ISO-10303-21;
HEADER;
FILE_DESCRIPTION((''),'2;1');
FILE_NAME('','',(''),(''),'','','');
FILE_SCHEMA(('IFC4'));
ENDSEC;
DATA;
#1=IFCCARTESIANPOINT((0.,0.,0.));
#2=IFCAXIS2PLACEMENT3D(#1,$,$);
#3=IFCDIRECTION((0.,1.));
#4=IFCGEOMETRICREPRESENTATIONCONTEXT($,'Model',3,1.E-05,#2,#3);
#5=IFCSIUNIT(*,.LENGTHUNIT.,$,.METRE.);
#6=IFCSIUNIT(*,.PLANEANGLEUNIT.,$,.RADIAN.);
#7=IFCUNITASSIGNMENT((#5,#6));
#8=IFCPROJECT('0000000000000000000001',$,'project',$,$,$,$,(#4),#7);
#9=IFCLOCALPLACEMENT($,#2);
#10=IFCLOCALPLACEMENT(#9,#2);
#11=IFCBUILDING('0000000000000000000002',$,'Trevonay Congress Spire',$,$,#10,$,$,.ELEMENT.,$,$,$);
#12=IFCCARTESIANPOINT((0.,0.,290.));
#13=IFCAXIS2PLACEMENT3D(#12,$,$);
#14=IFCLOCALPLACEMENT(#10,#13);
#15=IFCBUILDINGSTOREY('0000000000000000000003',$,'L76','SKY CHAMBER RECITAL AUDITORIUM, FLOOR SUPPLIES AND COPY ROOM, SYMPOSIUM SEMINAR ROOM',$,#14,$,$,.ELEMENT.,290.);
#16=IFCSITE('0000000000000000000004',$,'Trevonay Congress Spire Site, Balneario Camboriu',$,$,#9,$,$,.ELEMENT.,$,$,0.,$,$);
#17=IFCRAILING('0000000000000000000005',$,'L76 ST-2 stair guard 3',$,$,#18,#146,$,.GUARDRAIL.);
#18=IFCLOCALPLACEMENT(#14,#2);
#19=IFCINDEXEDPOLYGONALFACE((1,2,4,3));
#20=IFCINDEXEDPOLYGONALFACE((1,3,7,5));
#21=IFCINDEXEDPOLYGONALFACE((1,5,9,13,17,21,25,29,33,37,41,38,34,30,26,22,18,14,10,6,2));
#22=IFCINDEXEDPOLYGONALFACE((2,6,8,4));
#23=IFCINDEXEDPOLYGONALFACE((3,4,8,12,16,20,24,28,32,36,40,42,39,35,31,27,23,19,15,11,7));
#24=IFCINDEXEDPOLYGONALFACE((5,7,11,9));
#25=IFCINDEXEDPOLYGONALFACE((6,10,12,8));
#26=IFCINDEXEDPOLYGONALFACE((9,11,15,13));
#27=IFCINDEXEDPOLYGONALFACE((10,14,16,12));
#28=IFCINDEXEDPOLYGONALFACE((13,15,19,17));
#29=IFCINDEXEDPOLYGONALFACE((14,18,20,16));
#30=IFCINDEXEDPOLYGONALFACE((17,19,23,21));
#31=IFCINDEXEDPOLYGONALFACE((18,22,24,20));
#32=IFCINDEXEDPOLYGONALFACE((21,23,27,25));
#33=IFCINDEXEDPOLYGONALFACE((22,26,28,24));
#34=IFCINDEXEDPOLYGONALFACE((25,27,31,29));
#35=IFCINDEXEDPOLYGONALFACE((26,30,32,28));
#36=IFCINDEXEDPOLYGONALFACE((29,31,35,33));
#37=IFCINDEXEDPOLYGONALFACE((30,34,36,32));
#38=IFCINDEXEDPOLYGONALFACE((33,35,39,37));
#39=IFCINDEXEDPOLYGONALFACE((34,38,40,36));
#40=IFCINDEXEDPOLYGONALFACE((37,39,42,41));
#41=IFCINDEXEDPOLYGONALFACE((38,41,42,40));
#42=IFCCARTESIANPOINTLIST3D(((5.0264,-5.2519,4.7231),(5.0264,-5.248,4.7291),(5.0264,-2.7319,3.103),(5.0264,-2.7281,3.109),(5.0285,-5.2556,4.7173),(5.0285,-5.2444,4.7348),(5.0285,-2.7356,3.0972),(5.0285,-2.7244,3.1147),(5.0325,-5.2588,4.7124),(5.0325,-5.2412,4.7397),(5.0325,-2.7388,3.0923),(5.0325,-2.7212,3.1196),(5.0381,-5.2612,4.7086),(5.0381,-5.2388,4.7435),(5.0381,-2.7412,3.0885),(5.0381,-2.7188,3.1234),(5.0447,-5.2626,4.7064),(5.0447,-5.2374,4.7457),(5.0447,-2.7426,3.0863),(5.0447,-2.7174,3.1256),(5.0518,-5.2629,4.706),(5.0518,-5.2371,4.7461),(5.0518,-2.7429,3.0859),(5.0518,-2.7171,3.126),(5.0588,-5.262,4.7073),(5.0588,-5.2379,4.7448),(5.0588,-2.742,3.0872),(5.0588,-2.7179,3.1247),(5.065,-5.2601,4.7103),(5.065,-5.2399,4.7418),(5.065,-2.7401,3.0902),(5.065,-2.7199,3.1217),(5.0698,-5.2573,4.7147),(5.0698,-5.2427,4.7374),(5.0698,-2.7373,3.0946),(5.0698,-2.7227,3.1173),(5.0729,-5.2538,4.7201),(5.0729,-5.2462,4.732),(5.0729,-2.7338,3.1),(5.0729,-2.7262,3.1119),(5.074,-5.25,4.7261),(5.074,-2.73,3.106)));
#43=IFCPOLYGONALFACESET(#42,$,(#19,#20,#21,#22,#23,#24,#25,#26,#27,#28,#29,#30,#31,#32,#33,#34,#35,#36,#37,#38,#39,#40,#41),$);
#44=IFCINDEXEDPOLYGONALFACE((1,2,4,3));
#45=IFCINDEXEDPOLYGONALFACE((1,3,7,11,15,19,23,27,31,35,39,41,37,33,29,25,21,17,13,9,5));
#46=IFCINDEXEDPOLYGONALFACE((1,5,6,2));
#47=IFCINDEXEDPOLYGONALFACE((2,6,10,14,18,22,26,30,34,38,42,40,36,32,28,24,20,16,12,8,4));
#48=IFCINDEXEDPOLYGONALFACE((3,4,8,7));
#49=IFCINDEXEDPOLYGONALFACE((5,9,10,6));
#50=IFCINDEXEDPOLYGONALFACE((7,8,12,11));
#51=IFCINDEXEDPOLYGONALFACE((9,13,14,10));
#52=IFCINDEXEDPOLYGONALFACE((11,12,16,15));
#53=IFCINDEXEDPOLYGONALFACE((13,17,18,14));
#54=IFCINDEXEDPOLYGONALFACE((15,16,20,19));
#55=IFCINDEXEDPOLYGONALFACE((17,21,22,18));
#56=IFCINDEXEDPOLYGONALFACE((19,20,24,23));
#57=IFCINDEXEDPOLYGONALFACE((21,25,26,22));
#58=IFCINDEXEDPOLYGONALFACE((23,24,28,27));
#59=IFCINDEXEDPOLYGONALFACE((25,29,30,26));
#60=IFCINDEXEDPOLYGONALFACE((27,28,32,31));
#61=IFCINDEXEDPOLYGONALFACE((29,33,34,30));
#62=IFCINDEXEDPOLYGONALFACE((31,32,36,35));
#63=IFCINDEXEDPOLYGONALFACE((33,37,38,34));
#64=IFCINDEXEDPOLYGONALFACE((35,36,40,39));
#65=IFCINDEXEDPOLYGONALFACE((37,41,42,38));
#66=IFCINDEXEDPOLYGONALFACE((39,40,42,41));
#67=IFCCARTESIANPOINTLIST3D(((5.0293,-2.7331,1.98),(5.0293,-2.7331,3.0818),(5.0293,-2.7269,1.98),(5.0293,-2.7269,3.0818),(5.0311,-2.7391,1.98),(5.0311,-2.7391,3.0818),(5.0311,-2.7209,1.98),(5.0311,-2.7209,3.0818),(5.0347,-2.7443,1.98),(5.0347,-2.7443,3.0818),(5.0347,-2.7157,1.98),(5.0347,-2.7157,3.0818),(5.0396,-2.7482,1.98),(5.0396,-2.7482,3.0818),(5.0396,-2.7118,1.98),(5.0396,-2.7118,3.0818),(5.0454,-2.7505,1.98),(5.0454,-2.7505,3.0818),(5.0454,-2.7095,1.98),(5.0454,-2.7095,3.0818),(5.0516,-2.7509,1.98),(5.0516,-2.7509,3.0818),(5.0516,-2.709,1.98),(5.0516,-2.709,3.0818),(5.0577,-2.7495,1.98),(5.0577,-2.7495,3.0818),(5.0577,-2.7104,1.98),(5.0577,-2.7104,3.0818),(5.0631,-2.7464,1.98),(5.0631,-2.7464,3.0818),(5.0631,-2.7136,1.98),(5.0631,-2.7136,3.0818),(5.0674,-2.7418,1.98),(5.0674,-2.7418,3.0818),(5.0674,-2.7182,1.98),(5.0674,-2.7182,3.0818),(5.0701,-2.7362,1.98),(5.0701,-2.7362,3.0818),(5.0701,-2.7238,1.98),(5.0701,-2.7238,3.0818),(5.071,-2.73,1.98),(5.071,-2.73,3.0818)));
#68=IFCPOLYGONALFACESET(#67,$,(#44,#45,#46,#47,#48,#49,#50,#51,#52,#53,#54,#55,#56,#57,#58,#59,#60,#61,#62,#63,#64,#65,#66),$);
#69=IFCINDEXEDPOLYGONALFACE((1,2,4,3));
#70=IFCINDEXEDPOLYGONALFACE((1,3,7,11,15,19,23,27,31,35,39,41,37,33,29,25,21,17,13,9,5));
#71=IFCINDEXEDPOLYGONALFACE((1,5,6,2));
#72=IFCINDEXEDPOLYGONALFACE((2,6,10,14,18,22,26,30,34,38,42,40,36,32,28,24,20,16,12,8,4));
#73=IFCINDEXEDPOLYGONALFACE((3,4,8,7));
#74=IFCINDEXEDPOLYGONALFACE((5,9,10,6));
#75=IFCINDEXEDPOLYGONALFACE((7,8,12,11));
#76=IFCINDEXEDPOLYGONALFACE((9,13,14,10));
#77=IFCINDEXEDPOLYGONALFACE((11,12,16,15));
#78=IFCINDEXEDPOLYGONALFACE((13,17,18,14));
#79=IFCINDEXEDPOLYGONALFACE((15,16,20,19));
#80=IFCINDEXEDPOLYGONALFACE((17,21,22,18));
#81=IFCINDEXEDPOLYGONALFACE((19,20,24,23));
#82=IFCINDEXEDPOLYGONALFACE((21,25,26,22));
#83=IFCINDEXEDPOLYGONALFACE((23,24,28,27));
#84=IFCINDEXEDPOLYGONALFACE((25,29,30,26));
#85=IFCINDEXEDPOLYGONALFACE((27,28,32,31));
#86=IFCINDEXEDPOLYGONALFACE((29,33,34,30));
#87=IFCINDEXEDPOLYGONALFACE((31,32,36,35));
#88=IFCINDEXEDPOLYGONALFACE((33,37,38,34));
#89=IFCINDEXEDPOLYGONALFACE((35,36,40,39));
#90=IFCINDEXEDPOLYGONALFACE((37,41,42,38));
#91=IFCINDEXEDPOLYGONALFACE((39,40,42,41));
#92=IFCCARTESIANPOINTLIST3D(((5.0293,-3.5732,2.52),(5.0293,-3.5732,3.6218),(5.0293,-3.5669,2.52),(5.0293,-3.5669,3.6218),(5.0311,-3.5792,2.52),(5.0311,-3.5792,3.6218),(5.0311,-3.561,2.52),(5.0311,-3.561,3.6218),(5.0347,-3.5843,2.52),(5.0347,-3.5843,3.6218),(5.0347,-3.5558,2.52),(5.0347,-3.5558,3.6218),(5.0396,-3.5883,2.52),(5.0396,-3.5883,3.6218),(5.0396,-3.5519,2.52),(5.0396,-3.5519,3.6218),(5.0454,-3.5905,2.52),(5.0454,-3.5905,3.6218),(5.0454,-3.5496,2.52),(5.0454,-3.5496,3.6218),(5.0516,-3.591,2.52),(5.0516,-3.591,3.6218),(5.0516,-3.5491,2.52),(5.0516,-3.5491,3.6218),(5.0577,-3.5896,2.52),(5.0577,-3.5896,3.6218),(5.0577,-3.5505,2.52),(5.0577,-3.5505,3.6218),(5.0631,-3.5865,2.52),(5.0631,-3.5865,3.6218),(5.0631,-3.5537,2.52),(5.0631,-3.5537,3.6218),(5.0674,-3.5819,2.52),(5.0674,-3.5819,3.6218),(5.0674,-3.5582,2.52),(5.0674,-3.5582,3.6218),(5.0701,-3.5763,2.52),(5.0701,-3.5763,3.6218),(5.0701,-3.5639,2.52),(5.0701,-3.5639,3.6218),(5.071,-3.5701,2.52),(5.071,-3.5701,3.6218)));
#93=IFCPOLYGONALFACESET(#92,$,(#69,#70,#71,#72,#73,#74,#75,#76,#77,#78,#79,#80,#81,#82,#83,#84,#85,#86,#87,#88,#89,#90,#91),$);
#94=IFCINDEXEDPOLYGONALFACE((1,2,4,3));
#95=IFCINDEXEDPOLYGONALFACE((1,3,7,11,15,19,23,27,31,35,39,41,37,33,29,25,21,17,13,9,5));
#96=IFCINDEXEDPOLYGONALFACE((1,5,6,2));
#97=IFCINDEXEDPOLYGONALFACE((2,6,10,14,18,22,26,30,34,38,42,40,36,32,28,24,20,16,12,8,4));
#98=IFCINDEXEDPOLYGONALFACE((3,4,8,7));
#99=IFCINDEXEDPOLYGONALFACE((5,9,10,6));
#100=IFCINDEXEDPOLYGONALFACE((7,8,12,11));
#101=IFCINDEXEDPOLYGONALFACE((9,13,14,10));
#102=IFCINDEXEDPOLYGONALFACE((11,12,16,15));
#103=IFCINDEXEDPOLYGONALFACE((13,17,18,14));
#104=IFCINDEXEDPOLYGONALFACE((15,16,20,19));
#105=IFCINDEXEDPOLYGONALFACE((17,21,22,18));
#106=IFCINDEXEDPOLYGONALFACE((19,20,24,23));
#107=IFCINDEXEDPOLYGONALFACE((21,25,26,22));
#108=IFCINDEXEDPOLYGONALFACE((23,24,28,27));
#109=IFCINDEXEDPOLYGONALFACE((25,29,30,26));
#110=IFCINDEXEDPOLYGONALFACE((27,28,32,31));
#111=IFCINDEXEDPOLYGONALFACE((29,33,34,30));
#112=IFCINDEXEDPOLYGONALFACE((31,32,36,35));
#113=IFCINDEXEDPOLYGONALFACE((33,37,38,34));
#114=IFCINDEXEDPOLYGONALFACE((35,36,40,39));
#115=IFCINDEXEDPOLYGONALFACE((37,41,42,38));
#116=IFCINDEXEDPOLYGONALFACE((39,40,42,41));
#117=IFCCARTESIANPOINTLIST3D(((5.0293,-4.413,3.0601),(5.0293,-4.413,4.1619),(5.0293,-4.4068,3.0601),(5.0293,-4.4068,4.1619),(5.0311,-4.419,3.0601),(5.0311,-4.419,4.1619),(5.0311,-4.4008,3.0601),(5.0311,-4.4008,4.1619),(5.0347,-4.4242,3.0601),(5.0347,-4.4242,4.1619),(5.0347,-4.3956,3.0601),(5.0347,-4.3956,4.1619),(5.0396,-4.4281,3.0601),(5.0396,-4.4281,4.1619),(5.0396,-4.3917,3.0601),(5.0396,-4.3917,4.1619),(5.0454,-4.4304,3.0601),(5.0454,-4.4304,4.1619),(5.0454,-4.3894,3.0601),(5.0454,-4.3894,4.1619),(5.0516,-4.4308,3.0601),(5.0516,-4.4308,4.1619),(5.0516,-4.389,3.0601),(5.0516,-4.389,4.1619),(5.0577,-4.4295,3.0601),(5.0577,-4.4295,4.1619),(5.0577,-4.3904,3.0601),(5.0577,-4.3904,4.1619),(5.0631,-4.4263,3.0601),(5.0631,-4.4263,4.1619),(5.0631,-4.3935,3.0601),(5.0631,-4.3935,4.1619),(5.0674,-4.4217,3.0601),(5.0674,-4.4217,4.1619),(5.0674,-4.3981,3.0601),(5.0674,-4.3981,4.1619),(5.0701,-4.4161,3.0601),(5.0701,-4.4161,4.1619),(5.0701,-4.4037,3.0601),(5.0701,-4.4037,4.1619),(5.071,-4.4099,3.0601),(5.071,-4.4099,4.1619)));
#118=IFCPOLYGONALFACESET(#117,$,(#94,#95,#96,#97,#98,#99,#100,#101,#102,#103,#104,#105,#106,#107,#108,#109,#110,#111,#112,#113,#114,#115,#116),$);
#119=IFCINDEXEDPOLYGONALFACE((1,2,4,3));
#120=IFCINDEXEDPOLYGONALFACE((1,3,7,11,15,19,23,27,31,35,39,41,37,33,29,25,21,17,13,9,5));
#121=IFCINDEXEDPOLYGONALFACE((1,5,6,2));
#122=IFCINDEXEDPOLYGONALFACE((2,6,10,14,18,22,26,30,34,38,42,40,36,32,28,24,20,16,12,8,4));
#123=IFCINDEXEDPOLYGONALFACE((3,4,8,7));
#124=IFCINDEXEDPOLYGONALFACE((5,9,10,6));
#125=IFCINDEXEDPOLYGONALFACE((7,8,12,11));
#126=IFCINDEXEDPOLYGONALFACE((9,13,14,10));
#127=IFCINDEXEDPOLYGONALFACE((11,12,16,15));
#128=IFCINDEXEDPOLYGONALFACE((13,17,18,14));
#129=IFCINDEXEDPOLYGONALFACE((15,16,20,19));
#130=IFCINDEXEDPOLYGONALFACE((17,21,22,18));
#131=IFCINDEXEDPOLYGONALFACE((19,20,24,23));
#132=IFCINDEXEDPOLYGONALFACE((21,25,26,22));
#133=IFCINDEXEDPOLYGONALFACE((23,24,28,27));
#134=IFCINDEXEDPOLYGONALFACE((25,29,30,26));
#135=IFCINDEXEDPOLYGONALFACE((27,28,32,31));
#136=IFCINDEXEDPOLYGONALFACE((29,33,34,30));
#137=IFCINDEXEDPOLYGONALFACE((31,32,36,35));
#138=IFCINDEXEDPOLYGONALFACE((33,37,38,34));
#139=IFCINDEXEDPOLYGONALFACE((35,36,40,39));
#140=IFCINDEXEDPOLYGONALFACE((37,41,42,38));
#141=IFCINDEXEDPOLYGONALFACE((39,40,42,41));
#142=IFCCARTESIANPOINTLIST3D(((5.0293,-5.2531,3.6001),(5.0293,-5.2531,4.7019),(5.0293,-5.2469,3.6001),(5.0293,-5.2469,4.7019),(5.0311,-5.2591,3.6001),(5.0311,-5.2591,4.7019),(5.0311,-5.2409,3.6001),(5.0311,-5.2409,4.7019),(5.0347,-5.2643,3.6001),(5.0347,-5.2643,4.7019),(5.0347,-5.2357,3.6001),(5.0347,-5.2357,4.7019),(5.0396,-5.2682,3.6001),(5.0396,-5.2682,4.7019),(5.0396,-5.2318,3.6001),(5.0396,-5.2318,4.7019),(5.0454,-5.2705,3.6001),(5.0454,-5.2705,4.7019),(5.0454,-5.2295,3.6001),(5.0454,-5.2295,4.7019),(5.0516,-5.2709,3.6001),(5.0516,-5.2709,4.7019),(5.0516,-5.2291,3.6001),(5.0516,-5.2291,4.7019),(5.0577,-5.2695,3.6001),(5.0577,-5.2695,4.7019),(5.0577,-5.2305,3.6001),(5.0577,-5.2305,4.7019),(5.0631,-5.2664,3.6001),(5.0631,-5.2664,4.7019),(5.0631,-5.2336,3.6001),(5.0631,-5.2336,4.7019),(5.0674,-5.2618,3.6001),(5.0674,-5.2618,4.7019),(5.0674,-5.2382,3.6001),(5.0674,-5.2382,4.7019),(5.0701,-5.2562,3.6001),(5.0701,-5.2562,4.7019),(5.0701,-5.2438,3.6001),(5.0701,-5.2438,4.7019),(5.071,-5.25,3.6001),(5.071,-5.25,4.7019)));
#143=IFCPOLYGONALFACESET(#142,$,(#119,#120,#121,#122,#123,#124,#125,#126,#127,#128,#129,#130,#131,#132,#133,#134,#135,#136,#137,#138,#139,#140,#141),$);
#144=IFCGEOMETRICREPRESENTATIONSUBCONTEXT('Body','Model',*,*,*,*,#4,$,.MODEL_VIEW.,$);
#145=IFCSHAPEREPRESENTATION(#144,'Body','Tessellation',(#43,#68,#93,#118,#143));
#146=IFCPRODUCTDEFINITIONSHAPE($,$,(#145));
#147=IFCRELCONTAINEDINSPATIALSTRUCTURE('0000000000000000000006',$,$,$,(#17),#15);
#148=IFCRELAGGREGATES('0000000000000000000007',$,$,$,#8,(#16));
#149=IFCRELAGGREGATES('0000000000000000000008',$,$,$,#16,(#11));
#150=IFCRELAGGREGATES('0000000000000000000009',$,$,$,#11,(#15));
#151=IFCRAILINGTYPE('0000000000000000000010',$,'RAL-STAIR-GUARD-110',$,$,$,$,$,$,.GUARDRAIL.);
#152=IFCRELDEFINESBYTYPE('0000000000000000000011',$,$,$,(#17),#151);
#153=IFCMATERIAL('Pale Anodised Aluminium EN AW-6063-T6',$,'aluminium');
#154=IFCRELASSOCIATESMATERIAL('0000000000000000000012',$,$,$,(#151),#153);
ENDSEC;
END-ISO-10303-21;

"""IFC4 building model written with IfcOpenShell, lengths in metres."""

from ifc_helpers import new_model, si_unit, direction, frame, origin, origin_2d, place, context, subcontext, project, spatial, circle, extrude, material, type_object, element, save


model = new_model("IFC4")

# Units and contexts
model_context = context("Model", 3, precision=1e-05, world=origin(), true_north=direction((0.0, 1.0)))
body_context = subcontext(model_context, "Body", "Model", "MODEL_VIEW")
ifc_project = project(units=[si_unit("LENGTHUNIT", "METRE"), si_unit("PLANEANGLEUNIT", "RADIAN")], contexts=[model_context])

# Site, building, storey
site_placement = place(None, origin())
site = spatial("IfcSite", under=ifc_project, at=site_placement, Name="Trevonay Congress Spire Site, Balneario Camboriu", CompositionType="ELEMENT", RefElevation=0.0)
building_placement = place(site_placement, origin())
building = spatial("IfcBuilding", under=site, at=building_placement, Name="Trevonay Congress Spire", CompositionType="ELEMENT")
storey_placement = place(building_placement, frame((0.0, 0.0, 290.0)))
storey = spatial("IfcBuildingStorey", under=building, at=storey_placement, Name="L76", Description="SKY CHAMBER RECITAL AUDITORIUM, FLOOR SUPPLIES AND COPY ROOM, SYMPOSIUM SEMINAR ROOM", CompositionType="ELEMENT", Elevation=290.0)

# Shared definitions
ifc_material_1 = material(Name="Pale Anodised Aluminium EN AW-6063-T6", Category="aluminium")

# Railing
railing_type_1 = type_object("IfcRailingType", Name="RAL-STAIR-GUARD-110", PredefinedType="GUARDRAIL", material=ifc_material_1)
railing_1_placement = place(storey_placement, frame((5.05, -2.73, 1.98)))
element("IfcRailing", 1, at=railing_1_placement, inside=storey, type_object=railing_type_1, Name="L76 ST-2 stair guard 3", PredefinedType="GUARDRAIL", context=body_context, shape_type="SweptSolid", body=[
    extrude(circle(Radius=0.0239, at=origin_2d()), frame((0.0, 0.0, 1.126), z_axis=(0.0, -0.841163, 0.540782), x_axis=(1.0, 0.0, 0.0)), (0.0, 0.0, 1.0), 2.9958),
    extrude(circle(Radius=0.021, at=origin_2d()), origin(), (0.0, 0.0, 1.0), 1.1018),
    extrude(circle(Radius=0.021, at=origin_2d()), frame((0.0, -0.8401, 0.54)), (0.0, 0.0, 1.0), 1.1018),
    extrude(circle(Radius=0.021, at=origin_2d()), frame((0.0, -1.6799, 1.0801)), (0.0, 0.0, 1.0), 1.1018),
    extrude(circle(Radius=0.021, at=origin_2d()), frame((0.0, -2.52, 1.6201)), (0.0, 0.0, 1.0), 1.1018),
])

save(model, "model.ifc")
